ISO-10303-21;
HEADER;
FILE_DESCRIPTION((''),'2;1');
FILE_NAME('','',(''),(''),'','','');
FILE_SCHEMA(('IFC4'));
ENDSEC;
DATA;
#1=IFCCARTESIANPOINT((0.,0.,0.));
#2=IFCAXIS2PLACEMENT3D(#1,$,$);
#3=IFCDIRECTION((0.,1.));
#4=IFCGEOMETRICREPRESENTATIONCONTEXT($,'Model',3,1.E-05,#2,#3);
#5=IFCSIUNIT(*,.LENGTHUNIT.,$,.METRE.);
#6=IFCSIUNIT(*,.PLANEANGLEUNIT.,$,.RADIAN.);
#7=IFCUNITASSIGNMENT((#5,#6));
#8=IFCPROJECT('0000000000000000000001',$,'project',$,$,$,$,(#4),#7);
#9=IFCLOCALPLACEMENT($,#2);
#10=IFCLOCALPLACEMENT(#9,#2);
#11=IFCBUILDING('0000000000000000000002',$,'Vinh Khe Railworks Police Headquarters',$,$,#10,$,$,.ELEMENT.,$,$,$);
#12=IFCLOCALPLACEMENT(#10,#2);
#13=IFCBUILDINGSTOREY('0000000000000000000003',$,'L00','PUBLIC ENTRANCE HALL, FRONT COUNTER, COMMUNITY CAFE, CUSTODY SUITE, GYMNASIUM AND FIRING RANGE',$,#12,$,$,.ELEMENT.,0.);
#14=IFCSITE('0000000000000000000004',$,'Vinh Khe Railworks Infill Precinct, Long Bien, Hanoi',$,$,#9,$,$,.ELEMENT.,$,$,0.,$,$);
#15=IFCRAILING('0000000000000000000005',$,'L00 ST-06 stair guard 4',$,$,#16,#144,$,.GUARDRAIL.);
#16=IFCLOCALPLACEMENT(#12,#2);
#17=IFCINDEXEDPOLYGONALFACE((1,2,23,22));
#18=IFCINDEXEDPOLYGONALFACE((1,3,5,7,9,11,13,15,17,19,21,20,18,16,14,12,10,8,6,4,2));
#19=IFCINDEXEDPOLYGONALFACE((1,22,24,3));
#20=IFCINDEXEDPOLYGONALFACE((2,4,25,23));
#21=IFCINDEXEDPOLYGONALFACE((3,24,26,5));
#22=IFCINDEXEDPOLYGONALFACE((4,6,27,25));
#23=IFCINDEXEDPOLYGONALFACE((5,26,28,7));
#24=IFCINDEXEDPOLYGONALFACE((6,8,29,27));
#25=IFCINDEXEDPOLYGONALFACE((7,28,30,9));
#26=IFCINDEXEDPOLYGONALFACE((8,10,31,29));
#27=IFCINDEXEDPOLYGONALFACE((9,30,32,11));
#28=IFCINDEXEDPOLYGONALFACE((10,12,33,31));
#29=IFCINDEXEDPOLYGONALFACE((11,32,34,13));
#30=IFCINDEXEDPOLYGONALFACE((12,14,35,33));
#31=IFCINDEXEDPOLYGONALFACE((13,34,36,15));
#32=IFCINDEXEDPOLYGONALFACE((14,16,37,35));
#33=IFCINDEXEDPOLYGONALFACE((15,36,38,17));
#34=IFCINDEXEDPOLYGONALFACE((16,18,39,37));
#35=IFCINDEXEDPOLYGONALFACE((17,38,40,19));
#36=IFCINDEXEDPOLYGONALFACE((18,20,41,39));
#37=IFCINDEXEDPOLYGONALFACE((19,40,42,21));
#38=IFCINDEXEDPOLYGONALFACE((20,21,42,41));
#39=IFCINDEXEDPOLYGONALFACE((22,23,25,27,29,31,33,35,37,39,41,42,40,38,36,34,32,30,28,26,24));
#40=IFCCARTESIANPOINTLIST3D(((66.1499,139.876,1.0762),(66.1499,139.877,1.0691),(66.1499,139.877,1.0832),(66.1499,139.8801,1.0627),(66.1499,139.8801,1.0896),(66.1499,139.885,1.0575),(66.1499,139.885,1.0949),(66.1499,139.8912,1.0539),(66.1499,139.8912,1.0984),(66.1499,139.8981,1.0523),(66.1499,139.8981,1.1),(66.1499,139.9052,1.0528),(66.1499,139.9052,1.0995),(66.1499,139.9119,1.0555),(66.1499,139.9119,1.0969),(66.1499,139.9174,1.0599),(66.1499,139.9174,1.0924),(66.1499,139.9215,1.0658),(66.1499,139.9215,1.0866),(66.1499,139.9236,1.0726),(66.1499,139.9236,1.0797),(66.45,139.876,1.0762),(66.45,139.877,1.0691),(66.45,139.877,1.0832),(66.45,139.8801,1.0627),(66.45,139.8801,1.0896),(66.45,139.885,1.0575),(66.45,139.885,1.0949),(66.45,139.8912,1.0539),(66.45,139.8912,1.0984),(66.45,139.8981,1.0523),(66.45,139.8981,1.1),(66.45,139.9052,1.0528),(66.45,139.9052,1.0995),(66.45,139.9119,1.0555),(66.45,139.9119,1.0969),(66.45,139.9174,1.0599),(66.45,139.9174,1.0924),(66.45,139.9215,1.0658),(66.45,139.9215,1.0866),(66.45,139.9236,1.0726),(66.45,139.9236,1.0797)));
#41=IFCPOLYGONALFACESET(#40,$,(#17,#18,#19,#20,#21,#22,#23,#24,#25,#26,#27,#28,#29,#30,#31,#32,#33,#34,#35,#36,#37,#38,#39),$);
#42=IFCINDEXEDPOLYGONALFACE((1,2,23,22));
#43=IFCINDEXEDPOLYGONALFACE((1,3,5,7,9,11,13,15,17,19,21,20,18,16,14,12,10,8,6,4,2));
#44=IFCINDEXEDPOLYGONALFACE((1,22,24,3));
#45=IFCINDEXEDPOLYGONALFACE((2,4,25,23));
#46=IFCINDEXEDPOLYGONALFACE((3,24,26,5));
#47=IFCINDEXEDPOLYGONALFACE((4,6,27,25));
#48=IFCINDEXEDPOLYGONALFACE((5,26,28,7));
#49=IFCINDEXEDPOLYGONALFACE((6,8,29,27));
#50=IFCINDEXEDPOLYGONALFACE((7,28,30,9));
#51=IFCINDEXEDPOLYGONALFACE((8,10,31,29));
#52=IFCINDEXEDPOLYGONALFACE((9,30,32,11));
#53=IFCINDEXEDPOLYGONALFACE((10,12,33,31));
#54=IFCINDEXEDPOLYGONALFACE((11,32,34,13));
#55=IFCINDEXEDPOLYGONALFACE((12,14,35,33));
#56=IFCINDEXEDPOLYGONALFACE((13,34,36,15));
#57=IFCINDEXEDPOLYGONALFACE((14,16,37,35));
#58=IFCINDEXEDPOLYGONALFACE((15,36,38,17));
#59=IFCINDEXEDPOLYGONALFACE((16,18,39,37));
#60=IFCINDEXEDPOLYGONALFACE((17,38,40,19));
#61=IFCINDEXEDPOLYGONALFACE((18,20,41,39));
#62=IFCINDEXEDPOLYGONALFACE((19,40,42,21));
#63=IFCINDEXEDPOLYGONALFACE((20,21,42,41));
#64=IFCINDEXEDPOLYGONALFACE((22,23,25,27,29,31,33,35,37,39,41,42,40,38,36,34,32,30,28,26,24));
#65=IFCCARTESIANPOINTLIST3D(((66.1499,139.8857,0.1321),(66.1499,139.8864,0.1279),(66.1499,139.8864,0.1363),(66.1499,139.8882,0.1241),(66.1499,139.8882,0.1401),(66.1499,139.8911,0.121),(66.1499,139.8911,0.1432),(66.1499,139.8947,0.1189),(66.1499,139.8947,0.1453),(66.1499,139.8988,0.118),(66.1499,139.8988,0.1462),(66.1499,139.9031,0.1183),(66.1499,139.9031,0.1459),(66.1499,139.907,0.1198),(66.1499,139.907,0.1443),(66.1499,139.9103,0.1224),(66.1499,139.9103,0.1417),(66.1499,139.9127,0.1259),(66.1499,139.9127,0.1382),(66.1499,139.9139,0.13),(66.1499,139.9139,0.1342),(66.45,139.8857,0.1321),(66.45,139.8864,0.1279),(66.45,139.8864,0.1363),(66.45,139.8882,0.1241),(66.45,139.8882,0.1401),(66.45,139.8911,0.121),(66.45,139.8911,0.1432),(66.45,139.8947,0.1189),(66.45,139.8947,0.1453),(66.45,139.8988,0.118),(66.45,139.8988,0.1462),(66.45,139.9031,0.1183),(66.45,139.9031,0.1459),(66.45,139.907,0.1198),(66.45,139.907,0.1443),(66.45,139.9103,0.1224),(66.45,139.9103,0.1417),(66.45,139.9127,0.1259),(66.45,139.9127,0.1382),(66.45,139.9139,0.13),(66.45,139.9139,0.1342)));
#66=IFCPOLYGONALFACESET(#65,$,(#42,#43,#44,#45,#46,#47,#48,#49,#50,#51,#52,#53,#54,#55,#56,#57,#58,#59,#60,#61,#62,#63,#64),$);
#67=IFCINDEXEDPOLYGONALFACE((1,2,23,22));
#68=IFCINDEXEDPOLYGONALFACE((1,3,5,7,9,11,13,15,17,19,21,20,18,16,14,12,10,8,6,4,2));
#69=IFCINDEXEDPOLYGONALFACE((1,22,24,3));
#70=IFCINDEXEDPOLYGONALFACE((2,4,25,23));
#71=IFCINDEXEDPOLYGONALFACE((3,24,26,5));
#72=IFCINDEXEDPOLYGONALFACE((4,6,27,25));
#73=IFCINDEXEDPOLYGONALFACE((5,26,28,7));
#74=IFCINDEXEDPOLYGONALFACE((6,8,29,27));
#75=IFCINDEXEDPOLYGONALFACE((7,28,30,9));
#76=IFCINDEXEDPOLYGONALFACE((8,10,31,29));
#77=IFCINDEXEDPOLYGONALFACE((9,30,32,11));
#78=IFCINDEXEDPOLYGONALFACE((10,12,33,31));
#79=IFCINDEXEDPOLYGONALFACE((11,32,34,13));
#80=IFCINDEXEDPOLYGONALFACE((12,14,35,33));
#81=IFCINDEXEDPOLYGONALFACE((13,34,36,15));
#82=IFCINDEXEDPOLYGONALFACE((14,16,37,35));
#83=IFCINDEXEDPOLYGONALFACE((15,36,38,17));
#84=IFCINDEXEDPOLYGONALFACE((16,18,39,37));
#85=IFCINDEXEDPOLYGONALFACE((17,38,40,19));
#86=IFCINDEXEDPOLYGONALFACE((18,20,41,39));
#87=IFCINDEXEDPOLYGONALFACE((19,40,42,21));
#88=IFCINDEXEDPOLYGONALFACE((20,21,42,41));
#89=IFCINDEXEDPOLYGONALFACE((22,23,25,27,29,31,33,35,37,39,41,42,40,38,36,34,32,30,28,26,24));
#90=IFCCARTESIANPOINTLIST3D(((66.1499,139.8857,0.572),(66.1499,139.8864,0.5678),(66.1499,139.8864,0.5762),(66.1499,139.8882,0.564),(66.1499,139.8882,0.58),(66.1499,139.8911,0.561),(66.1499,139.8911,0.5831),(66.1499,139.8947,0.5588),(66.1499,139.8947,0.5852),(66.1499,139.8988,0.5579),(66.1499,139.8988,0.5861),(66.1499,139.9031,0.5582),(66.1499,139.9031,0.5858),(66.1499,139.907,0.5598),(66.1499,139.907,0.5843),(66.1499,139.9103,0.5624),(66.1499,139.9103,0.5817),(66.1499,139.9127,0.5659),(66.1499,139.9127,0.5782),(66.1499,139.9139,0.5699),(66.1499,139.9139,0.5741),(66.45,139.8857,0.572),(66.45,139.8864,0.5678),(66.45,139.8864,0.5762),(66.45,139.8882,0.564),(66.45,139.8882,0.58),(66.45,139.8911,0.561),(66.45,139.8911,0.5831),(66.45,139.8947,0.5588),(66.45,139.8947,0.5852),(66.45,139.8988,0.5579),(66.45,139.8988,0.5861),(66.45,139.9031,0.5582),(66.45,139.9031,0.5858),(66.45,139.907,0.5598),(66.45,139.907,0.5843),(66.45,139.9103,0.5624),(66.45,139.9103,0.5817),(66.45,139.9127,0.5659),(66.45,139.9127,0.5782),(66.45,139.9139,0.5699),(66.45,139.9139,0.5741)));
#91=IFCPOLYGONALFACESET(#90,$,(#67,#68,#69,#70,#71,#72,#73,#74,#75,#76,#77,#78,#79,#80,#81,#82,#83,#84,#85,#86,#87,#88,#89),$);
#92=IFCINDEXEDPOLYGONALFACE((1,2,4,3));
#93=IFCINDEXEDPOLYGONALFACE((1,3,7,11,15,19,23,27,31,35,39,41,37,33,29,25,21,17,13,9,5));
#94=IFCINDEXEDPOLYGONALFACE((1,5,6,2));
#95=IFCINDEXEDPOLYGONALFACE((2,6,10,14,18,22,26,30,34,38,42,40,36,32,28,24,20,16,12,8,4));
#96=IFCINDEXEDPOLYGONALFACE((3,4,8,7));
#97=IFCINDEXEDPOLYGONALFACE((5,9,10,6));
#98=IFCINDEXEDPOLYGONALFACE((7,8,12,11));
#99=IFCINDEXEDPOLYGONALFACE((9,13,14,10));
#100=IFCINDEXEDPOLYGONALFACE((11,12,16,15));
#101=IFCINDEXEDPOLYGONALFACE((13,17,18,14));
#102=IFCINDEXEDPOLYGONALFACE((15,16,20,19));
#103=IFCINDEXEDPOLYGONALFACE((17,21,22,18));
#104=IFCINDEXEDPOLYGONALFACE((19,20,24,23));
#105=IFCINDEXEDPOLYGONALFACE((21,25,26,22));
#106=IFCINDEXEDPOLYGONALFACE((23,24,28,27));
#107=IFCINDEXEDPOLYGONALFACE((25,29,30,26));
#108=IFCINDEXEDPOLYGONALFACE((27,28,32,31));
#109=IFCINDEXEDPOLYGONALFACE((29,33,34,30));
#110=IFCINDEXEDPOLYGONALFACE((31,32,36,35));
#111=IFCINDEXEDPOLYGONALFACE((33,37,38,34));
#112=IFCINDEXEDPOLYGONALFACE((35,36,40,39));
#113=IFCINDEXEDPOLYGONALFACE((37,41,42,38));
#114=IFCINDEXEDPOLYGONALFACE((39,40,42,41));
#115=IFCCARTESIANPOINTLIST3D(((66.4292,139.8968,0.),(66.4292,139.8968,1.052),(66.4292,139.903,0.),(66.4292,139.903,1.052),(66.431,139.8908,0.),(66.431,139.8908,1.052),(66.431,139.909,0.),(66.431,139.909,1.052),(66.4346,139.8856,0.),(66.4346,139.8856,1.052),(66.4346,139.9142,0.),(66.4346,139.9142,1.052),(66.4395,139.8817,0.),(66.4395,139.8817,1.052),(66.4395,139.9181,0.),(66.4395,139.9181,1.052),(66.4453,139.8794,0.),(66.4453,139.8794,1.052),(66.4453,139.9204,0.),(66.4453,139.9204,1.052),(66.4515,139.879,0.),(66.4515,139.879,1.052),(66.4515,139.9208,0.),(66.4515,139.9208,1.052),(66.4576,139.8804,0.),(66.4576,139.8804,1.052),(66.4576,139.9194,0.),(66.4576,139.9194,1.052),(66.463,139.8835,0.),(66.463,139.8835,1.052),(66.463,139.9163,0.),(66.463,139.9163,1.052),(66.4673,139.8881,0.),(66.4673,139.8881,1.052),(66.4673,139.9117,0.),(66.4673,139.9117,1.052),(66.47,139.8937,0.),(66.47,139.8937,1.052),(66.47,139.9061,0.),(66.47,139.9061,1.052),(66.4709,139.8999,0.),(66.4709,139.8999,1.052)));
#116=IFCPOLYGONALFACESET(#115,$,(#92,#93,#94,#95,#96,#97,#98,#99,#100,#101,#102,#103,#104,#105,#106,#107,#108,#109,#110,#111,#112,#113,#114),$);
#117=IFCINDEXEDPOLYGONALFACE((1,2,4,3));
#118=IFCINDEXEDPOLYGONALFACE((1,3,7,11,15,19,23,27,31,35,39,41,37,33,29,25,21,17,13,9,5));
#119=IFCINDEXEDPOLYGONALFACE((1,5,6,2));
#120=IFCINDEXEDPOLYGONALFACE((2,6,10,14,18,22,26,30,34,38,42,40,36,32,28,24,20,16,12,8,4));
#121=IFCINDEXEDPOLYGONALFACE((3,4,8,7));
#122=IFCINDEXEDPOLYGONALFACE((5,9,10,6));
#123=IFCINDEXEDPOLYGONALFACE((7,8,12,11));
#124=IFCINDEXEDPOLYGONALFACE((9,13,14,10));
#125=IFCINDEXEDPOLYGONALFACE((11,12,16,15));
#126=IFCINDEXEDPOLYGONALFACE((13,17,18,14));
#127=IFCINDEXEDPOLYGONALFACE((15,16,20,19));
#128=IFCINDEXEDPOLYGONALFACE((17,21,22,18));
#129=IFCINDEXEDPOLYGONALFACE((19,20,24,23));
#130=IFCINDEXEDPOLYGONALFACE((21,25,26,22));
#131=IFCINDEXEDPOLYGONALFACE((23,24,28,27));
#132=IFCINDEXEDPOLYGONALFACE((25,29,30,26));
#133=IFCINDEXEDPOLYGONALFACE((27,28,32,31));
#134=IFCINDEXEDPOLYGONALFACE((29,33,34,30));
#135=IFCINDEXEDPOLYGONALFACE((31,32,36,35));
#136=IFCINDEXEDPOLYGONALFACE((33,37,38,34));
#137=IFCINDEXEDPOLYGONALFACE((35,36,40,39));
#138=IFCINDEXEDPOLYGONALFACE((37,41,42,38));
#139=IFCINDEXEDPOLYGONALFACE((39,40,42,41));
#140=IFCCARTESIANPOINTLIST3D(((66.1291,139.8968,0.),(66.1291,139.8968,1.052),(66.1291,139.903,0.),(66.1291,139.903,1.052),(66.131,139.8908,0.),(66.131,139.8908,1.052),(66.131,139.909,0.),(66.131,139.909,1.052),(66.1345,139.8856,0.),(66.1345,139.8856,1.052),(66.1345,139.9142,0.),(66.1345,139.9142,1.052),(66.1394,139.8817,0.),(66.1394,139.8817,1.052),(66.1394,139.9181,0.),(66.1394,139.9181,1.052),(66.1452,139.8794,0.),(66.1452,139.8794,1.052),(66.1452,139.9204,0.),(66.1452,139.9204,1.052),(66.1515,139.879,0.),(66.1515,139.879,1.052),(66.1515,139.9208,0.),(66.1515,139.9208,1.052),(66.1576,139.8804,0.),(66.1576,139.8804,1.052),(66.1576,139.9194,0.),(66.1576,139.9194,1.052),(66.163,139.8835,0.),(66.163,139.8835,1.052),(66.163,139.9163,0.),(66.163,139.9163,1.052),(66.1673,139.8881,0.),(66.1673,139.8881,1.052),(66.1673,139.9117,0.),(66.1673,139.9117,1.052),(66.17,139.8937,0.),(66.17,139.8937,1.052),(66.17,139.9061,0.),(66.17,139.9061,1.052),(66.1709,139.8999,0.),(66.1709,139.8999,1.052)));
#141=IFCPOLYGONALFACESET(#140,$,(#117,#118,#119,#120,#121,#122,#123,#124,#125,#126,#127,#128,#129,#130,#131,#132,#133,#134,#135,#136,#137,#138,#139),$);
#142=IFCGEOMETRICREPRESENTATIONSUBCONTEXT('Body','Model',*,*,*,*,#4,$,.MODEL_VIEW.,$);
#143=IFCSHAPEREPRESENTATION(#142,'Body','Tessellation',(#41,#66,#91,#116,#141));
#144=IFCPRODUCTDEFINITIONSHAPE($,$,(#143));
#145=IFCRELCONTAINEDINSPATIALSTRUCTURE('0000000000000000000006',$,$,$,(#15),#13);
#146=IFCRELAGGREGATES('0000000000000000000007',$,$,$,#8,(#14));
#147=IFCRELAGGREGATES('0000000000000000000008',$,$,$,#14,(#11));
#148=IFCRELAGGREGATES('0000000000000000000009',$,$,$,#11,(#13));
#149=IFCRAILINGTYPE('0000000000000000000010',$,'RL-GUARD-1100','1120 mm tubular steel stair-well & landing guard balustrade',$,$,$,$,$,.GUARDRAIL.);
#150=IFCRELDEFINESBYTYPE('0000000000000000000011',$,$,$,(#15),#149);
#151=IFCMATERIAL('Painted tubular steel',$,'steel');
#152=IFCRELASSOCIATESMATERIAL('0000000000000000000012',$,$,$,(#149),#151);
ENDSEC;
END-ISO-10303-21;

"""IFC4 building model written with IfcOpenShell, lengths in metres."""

from ifc_helpers import new_model, si_unit, direction, frame, origin, origin_2d, place, context, subcontext, project, spatial, circle, extrude, material, type_object, element, save


model = new_model("IFC4")

# Units and contexts
model_context = context("Model", 3, precision=1e-05, world=origin(), true_north=direction((0.0, 1.0)))
body_context = subcontext(model_context, "Body", "Model", "MODEL_VIEW")
ifc_project = project(units=[si_unit("LENGTHUNIT", "METRE"), si_unit("PLANEANGLEUNIT", "RADIAN")], contexts=[model_context])

# Site, building, storey
site_placement = place(None, origin())
site = spatial("IfcSite", under=ifc_project, at=site_placement, Name="Vinh Khe Railworks Infill Precinct, Long Bien, Hanoi", CompositionType="ELEMENT", RefElevation=0.0)
building_placement = place(site_placement, origin())
building = spatial("IfcBuilding", under=site, at=building_placement, Name="Vinh Khe Railworks Police Headquarters", CompositionType="ELEMENT")
storey_placement = place(building_placement, origin())
storey = spatial("IfcBuildingStorey", under=building, at=storey_placement, Name="L00", Description="PUBLIC ENTRANCE HALL, FRONT COUNTER, COMMUNITY CAFE, CUSTODY SUITE, GYMNASIUM AND FIRING RANGE", CompositionType="ELEMENT", Elevation=0.0)

# Railing
ifc_material_1 = material(Name="Painted tubular steel", Category="steel")
railing_type_1 = type_object("IfcRailingType", Name="RL-GUARD-1100", Description="1120 mm tubular steel stair-well & landing guard balustrade", PredefinedType="GUARDRAIL", material=ifc_material_1)
for number, where, name in (
    (1, (66.45, 139.8999, 0.0), "L00 ST-06 stair guard 4"),
):
    element("IfcRailing", number, at=place(storey_placement, frame(where)), inside=storey, type_object=railing_type_1, Name=name, PredefinedType="GUARDRAIL", context=body_context, shape_type="SweptSolid", body=[
        extrude(circle(Radius=0.0239, at=origin_2d()), frame((0.0, 0.0, 1.0762), z_axis=(-1.0, 0.0, 0.0), x_axis=(0.0, -1.0, 0.0)), (0.0, 0.0, 1.0), 0.3),
        extrude(circle(Radius=0.0142, at=origin_2d()), frame((0.0, 0.0, 0.1321), z_axis=(-1.0, 0.0, 0.0), x_axis=(0.0, -1.0, 0.0)), (0.0, 0.0, 1.0), 0.3),
        extrude(circle(Radius=0.0142, at=origin_2d()), frame((0.0, 0.0, 0.572), z_axis=(-1.0, 0.0, 0.0), x_axis=(0.0, -1.0, 0.0)), (0.0, 0.0, 1.0), 0.3),
        extrude(circle(Radius=0.021, at=origin_2d()), origin(), (0.0, 0.0, 1.0), 1.052),
        extrude(circle(Radius=0.021, at=origin_2d()), frame((-0.3, 0.0, 0.0)), (0.0, 0.0, 1.0), 1.052),
    ])

save(model, "model.ifc")
